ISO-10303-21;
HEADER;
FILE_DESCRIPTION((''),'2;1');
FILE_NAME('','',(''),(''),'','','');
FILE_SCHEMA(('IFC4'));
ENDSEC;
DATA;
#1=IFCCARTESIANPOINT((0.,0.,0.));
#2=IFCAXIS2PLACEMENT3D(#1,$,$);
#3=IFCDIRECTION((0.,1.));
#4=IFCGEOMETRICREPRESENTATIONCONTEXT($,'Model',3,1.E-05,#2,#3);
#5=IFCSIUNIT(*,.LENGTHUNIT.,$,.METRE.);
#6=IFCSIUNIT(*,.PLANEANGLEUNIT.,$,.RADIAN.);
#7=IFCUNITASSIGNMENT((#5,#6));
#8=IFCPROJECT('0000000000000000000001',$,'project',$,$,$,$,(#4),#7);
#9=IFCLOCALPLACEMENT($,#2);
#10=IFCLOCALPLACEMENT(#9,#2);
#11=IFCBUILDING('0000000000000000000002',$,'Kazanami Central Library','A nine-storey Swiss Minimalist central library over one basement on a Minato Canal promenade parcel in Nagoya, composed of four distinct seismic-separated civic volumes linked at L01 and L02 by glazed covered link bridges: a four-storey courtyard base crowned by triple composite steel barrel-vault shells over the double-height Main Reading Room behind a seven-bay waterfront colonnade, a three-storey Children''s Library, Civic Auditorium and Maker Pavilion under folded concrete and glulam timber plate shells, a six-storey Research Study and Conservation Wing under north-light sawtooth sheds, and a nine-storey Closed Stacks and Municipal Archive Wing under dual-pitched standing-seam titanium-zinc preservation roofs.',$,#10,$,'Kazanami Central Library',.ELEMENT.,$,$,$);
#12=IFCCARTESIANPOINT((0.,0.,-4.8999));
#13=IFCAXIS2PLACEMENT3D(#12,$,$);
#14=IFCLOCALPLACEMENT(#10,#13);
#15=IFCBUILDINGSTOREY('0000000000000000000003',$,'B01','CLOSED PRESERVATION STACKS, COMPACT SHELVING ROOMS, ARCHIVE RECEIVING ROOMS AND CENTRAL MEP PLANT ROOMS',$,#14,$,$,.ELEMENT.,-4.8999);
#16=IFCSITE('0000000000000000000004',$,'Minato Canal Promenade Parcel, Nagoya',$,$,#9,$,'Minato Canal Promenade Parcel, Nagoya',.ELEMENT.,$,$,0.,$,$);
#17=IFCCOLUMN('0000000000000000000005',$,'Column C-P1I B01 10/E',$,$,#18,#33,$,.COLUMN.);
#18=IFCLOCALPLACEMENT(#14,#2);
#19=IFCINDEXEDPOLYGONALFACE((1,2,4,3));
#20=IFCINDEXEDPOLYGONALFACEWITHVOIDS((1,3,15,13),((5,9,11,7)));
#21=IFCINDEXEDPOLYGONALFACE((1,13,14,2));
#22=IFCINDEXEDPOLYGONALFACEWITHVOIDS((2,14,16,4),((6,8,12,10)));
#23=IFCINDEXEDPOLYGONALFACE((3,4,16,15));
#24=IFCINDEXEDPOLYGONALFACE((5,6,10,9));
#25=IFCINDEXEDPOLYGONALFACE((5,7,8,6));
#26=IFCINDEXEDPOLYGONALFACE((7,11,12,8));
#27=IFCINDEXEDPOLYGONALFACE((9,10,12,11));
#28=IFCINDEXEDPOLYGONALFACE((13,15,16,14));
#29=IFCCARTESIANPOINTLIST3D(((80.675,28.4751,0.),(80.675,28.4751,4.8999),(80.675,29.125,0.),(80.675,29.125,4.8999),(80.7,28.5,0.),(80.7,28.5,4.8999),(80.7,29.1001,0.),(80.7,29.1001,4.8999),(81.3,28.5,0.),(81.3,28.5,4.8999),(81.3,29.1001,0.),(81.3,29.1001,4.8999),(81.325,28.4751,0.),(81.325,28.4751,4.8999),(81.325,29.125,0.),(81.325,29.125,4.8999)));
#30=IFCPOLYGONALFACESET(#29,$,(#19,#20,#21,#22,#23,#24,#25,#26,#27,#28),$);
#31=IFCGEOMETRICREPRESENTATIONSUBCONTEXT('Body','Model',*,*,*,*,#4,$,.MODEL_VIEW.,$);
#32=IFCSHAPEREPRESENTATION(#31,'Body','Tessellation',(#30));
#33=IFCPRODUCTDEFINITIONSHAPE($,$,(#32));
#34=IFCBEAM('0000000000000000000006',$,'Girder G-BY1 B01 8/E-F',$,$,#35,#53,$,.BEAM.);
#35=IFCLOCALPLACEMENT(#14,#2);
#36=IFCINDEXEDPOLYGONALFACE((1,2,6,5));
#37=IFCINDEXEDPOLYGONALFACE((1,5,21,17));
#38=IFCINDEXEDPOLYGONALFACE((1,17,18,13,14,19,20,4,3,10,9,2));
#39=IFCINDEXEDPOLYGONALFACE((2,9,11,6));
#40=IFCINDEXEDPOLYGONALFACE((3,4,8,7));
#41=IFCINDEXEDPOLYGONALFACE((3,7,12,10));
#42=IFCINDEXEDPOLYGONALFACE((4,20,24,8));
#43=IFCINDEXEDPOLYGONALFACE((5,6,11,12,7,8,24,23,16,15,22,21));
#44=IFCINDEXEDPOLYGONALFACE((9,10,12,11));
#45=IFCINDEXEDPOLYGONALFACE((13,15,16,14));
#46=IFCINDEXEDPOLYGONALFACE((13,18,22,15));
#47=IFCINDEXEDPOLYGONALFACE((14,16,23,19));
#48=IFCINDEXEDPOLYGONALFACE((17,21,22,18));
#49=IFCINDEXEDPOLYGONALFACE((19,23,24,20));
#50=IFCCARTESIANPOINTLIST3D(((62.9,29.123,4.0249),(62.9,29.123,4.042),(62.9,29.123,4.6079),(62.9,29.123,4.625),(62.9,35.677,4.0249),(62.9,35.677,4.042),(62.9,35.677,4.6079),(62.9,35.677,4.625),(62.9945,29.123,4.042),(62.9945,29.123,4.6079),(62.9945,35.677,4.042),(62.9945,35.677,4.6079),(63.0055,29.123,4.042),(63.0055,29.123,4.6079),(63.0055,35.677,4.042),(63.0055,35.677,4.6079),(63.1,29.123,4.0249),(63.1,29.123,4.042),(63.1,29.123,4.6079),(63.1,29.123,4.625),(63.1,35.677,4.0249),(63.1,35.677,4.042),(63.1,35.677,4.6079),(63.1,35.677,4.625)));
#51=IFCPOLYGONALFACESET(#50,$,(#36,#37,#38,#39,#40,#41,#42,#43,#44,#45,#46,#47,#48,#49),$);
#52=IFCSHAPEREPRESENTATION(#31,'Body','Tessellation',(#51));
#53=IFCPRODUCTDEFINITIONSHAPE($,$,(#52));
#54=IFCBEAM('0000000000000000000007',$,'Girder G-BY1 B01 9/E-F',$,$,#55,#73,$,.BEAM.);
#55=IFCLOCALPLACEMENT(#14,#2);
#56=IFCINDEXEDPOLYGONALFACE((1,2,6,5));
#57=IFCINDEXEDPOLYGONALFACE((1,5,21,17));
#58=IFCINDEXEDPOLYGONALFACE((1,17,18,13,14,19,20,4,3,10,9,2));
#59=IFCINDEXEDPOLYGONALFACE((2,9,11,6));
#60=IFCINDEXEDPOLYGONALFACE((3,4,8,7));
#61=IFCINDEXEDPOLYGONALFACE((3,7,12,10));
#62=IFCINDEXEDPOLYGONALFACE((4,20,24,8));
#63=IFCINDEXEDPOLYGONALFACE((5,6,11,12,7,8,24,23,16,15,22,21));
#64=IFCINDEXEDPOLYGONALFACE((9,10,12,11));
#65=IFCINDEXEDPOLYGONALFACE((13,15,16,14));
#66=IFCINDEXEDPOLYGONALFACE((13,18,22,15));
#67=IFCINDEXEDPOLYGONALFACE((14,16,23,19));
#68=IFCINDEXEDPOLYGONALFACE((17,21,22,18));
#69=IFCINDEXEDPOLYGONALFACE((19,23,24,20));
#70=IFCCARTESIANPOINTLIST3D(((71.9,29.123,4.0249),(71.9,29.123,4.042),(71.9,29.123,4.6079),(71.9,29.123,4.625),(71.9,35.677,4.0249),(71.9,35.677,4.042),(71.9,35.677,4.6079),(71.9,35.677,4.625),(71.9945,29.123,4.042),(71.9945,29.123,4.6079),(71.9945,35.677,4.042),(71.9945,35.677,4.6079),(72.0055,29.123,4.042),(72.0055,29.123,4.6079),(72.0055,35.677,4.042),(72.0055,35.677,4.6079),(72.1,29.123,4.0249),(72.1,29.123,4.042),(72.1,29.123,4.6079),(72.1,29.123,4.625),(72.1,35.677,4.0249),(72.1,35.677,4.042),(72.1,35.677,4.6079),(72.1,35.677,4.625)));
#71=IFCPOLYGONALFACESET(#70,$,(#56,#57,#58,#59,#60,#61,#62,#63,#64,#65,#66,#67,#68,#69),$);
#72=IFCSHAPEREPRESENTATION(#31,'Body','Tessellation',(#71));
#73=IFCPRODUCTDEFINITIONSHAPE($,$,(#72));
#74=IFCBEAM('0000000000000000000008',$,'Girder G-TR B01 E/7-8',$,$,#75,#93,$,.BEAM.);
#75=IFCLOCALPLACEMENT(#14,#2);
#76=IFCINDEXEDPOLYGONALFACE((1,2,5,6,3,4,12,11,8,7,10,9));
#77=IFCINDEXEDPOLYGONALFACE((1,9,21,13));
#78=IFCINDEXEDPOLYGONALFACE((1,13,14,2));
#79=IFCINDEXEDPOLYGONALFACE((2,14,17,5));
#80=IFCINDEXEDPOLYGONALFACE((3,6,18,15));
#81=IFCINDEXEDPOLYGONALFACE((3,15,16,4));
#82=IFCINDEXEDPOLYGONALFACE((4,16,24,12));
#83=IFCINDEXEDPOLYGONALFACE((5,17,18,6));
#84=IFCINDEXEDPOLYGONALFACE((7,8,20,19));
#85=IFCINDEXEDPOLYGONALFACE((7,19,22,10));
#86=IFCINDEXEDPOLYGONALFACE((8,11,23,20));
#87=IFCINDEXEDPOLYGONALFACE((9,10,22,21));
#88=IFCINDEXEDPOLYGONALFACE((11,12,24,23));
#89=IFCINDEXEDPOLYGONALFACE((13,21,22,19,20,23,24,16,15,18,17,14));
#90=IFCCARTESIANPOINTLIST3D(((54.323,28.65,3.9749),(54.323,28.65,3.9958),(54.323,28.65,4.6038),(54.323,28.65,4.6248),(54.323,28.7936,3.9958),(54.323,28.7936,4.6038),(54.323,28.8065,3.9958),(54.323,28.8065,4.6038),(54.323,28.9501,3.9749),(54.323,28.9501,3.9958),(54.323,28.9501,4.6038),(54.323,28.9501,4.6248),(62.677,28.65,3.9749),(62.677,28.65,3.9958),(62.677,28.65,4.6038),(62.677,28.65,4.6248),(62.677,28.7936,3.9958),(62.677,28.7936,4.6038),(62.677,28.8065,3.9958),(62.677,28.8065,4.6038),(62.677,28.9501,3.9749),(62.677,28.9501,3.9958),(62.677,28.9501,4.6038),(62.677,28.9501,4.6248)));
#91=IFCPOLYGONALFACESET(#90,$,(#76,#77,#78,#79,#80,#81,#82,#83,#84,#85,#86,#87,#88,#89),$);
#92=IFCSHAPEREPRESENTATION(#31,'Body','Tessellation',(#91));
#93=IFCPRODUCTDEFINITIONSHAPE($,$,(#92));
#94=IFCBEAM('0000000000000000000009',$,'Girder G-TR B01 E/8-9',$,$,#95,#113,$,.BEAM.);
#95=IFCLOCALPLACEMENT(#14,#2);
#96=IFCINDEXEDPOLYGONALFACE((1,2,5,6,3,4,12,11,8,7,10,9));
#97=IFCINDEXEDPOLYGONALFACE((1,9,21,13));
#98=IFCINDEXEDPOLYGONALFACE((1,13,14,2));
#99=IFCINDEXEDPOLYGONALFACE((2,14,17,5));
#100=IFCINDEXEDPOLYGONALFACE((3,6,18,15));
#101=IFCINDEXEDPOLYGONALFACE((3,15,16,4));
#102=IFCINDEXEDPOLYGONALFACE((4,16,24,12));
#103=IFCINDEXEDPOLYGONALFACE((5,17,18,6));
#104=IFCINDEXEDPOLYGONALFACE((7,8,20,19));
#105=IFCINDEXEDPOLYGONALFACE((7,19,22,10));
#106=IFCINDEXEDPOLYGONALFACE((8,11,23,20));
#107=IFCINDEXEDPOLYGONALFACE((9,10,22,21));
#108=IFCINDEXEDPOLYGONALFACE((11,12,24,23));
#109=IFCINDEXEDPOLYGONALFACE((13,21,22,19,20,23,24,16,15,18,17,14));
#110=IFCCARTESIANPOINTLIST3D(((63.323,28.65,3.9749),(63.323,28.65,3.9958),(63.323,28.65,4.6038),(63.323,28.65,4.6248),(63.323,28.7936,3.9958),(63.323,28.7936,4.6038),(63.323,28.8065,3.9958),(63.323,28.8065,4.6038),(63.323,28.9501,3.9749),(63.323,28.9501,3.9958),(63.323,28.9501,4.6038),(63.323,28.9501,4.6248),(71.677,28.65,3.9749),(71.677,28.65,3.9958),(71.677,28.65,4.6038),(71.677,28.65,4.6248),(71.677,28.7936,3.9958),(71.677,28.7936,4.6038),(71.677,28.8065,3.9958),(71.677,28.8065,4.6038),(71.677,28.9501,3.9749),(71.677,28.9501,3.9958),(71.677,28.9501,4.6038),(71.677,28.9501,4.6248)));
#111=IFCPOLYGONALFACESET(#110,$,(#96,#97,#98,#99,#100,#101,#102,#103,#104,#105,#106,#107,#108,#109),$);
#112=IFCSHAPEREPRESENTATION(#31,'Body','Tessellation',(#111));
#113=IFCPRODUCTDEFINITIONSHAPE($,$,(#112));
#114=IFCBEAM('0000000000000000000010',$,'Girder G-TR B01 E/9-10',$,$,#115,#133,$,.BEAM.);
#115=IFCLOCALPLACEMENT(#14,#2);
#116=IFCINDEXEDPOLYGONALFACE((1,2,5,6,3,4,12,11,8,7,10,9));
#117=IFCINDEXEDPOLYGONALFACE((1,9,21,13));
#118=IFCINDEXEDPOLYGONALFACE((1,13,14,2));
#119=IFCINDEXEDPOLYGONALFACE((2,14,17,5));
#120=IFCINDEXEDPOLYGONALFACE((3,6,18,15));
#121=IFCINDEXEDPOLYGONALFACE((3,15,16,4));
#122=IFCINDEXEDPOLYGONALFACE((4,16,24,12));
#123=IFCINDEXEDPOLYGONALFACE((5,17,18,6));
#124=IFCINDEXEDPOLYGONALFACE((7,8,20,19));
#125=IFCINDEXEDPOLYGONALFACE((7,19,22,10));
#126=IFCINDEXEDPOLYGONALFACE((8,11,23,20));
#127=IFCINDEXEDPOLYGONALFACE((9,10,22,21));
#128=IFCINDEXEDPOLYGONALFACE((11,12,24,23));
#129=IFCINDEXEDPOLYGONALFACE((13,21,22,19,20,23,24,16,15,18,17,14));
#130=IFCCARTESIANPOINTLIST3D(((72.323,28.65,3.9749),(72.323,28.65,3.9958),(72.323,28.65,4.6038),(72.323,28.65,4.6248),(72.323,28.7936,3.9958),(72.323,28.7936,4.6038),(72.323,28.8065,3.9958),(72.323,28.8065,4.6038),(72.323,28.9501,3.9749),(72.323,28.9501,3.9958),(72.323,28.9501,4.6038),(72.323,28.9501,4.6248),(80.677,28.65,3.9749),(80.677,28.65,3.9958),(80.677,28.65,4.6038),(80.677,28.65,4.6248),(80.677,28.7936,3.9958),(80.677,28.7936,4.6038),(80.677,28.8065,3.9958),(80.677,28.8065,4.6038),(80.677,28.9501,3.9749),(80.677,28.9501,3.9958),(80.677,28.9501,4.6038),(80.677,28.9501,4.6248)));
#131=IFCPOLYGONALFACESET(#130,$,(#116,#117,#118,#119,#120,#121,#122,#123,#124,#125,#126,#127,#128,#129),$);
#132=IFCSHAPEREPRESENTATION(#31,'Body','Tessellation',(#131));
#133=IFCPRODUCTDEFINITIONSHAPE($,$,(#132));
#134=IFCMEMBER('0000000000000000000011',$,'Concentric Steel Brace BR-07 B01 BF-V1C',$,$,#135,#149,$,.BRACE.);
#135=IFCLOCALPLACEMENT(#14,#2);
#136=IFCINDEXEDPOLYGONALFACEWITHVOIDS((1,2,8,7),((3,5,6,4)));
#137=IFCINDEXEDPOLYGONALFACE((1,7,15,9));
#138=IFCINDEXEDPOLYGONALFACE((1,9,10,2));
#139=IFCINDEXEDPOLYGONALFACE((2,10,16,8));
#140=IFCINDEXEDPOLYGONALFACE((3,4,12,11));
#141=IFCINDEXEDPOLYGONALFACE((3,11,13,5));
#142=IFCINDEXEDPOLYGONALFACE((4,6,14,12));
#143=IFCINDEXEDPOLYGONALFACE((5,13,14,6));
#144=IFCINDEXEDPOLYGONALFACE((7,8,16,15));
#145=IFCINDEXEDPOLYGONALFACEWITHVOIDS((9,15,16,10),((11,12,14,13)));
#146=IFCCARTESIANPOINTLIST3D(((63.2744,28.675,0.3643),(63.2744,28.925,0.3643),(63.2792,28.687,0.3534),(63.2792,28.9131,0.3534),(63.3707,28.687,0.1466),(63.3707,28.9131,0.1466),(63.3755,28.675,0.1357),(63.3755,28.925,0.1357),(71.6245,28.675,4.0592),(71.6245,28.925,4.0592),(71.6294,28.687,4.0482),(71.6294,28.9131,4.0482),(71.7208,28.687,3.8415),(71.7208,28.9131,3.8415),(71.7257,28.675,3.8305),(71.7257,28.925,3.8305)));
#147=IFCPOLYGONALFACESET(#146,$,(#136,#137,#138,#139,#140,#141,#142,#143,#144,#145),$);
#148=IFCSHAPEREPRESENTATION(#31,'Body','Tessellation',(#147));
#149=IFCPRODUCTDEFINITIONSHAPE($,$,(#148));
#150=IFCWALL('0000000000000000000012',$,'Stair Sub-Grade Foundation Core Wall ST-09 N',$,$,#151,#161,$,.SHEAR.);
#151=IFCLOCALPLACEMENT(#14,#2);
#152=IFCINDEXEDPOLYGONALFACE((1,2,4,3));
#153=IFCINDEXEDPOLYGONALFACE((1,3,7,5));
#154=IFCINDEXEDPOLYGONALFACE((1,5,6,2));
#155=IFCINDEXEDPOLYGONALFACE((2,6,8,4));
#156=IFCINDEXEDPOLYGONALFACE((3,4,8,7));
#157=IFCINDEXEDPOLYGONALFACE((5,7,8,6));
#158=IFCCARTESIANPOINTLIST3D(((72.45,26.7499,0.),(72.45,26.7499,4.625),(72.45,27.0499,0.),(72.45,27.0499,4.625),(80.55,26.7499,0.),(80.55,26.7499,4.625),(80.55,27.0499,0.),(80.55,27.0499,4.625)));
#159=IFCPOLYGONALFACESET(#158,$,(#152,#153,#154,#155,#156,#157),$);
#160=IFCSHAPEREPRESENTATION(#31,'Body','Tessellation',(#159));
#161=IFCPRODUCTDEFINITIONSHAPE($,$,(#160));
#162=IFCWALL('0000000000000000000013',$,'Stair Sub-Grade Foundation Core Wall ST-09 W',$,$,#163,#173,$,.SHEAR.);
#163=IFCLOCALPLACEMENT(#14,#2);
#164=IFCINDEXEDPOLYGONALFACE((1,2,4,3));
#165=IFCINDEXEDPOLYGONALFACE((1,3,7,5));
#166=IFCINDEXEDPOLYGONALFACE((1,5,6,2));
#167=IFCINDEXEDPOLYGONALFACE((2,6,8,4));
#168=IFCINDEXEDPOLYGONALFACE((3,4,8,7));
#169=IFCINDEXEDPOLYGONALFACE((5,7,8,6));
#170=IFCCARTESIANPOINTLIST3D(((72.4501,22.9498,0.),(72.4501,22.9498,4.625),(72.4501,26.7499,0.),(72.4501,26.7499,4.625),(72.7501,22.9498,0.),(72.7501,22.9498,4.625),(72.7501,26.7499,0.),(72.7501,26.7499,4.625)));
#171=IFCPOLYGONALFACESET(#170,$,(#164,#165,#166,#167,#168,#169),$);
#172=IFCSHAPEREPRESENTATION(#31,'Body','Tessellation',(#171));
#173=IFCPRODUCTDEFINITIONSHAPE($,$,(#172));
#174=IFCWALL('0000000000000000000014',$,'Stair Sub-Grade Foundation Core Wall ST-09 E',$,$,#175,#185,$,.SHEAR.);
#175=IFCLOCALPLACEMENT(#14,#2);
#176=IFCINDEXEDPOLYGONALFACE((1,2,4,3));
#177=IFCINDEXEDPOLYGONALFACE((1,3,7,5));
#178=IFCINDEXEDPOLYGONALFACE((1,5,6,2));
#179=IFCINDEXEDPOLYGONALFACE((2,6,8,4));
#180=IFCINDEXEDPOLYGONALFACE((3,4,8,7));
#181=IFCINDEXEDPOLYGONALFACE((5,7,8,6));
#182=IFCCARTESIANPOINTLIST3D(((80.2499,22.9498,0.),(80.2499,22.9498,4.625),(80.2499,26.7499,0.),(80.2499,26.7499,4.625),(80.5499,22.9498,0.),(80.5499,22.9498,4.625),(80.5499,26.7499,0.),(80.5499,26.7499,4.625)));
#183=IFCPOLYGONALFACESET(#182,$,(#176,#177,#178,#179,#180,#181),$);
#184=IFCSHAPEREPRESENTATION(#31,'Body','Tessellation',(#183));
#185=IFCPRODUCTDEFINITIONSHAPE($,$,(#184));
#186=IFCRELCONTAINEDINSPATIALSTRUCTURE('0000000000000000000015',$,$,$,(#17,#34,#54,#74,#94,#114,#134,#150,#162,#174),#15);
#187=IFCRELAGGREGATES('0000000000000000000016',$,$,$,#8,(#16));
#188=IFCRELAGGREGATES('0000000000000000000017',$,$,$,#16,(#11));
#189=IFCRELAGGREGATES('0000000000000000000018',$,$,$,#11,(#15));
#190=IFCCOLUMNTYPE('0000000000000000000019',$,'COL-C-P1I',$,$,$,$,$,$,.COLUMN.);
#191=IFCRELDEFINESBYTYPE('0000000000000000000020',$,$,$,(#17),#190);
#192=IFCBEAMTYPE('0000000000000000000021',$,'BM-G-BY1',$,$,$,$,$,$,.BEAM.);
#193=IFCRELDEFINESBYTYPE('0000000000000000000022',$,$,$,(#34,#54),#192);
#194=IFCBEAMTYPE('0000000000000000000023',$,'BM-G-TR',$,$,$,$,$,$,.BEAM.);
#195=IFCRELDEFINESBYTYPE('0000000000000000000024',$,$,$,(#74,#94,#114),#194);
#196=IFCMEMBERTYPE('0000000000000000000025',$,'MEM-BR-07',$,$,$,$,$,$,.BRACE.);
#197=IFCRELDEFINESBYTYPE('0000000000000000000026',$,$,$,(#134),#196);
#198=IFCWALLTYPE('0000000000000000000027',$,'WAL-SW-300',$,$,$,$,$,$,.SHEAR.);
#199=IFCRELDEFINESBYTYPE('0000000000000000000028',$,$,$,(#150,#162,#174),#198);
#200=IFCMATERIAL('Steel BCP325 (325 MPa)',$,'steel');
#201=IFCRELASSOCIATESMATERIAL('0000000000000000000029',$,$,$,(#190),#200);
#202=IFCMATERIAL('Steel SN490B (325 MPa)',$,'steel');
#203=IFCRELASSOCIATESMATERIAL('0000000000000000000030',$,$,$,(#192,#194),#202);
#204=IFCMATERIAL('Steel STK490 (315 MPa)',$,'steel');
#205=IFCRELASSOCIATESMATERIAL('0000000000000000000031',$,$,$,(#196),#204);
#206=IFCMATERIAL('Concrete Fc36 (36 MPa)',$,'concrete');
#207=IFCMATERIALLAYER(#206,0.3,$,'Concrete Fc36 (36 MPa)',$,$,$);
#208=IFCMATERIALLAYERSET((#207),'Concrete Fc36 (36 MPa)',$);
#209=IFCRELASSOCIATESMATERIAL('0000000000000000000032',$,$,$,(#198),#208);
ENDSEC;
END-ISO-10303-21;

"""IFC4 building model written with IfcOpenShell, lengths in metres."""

from ifc_helpers import new_model, si_unit, direction, frame, frame_2d, origin, origin_2d, place, context, subcontext, project, spatial, rectangle, hollow_rectangle, i_section, extrude, material, layer, layer_set, material_profile, profile_set, type_object, element, save


model = new_model("IFC4")

# Units and contexts
model_context = context("Model", 3, precision=1e-05, world=origin(), true_north=direction((0.0, 1.0)))
body_context = subcontext(model_context, "Body", "Model", "MODEL_VIEW")
ifc_project = project(units=[si_unit("LENGTHUNIT", "METRE"), si_unit("PLANEANGLEUNIT", "RADIAN")], contexts=[model_context])

# Site, building, storey
site_placement = place(None, origin())
site = spatial("IfcSite", under=ifc_project, at=site_placement, Name="Minato Canal Promenade Parcel, Nagoya", LongName="Minato Canal Promenade Parcel, Nagoya", CompositionType="ELEMENT", RefElevation=0.0)
building_placement = place(site_placement, origin())
building = spatial("IfcBuilding", under=site, at=building_placement, Name="Kazanami Central Library", Description="A nine-storey Swiss Minimalist central library over one basement on a Minato Canal promenade parcel in Nagoya, composed of four distinct seismic-separated civic volumes linked at L01 and L02 by glazed covered link bridges: a four-storey courtyard base crowned by triple composite steel barrel-vault shells over the double-height Main Reading Room behind a seven-bay waterfront colonnade, a three-storey Children's Library, Civic Auditorium and Maker Pavilion under folded concrete and glulam timber plate shells, a six-storey Research Study and Conservation Wing under north-light sawtooth sheds, and a nine-storey Closed Stacks and Municipal Archive Wing under dual-pitched standing-seam titanium-zinc preservation roofs.", LongName="Kazanami Central Library", CompositionType="ELEMENT")
storey_placement = place(building_placement, frame((0.0, 0.0, -4.8999)))
storey = spatial("IfcBuildingStorey", under=building, at=storey_placement, Name="B01", Description="CLOSED PRESERVATION STACKS, COMPACT SHELVING ROOMS, ARCHIVE RECEIVING ROOMS AND CENTRAL MEP PLANT ROOMS", CompositionType="ELEMENT", Elevation=-4.8999)

# Shared definitions
ifc_material_1 = material(Name="Concrete Fc36 (36 MPa)", Category="concrete")

# Column
ifc_material_2 = material(Name="Steel BCP325 (325 MPa)", Category="steel")
ifc_material_profile_1 = material_profile(ifc_material_2, hollow_rectangle(XDim=0.6499, YDim=0.6499, WallThickness=0.0249, at=origin_2d()), Name="BCP-650x650x25")
ifc_profile_set_1 = profile_set([ifc_material_profile_1], Name="Steel BCP325 (325 MPa)")
column_type = type_object("IfcColumnType", Name="COL-C-P1I", PredefinedType="COLUMN", material=ifc_profile_set_1)
for number, where, z_axis, x_axis, name in (
    (1, (81.0, 28.8, 0.0), (0.0, 0.0, 1.0), (1.0, 0.0, 0.0), "Column C-P1I B01 10/E"),
):
    element("IfcColumn", number, at=place(storey_placement, frame(where, z_axis=z_axis, x_axis=x_axis)), inside=storey, type_object=column_type, Name=name, PredefinedType="COLUMN", context=body_context, shape_type="SweptSolid", body=[
        extrude(hollow_rectangle(XDim=0.6499, YDim=0.6499, WallThickness=0.0249, at=origin_2d()), origin(), (0.0, 0.0, 1.0), 4.8999),
    ])

# Beams
ifc_material_3 = material(Name="Steel SN490B (325 MPa)", Category="steel")
ifc_material_profile_2 = material_profile(ifc_material_3, i_section(OverallWidth=0.2, OverallDepth=0.6001, WebThickness=0.011, FlangeThickness=0.0171, at=origin_2d()), Name="H-600x200x11x17")
ifc_profile_set_2 = profile_set([ifc_material_profile_2], Name="Steel SN490B (325 MPa)")
beam_type_1 = type_object("IfcBeamType", Name="BM-G-BY1", PredefinedType="BEAM", material=ifc_profile_set_2)
for number, where, z_axis, x_axis, name in (
    (2, (63.0, 29.123, 4.325), (0.0, 1.0, 0.0), (-1.0, 0.0, 0.0), "Girder G-BY1 B01 8/E-F"),
    (3, (72.0, 29.123, 4.325), (0.0, 1.0, 0.0), (-1.0, 0.0, 0.0), "Girder G-BY1 B01 9/E-F"),
):
    element("IfcBeam", number, at=place(storey_placement, frame(where, z_axis=z_axis, x_axis=x_axis)), inside=storey, type_object=beam_type_1, Name=name, PredefinedType="BEAM", context=body_context, shape_type="SweptSolid", body=[
        extrude(i_section(OverallWidth=0.2, OverallDepth=0.6001, WebThickness=0.011, FlangeThickness=0.0171, at=origin_2d()), origin(), (0.0, 0.0, 1.0), 6.554),
    ])
ifc_material_profile_3 = material_profile(ifc_material_3, i_section(OverallWidth=0.3, OverallDepth=0.6499, WebThickness=0.0129, FlangeThickness=0.021, at=origin_2d()), Name="H-650x300x13x21")
ifc_profile_set_3 = profile_set([ifc_material_profile_3], Name="Steel SN490B (325 MPa)")
beam_type_2 = type_object("IfcBeamType", Name="BM-G-TR", PredefinedType="BEAM", material=ifc_profile_set_3)
for number, where, z_axis, x_axis, name in (
    (4, (54.323, 28.8, 4.2998), (1.0, 0.0, 0.0), (0.0, 1.0, 0.0), "Girder G-TR B01 E/7-8"),
    (5, (63.323, 28.8, 4.2998), (1.0, 0.0, 0.0), (0.0, 1.0, 0.0), "Girder G-TR B01 E/8-9"),
    (6, (72.323, 28.8, 4.2998), (1.0, 0.0, 0.0), (0.0, 1.0, 0.0), "Girder G-TR B01 E/9-10"),
):
    element("IfcBeam", number, at=place(storey_placement, frame(where, z_axis=z_axis, x_axis=x_axis)), inside=storey, type_object=beam_type_2, Name=name, PredefinedType="BEAM", context=body_context, shape_type="SweptSolid", body=[
        extrude(i_section(OverallWidth=0.3, OverallDepth=0.6499, WebThickness=0.0129, FlangeThickness=0.021, at=origin_2d()), origin(), (0.0, 0.0, 1.0), 8.354),
    ])

# Member
ifc_material_4 = material(Name="Steel STK490 (315 MPa)", Category="steel")
ifc_material_profile_4 = material_profile(ifc_material_4, hollow_rectangle(XDim=0.25, YDim=0.25, WallThickness=0.012, at=origin_2d()), Name="STKR-250x250x12")
ifc_profile_set_4 = profile_set([ifc_material_profile_4], Name="Steel STK490 (315 MPa)")
member_type = type_object("IfcMemberType", Name="MEM-BR-07", PredefinedType="BRACE", material=ifc_profile_set_4)
member_placement = place(storey_placement, frame((63.325, 28.8, 0.25), z_axis=(0.914474, 0.0, 0.404644), x_axis=(0.0, 1.0, 0.0)))
element("IfcMember", 7, at=member_placement, inside=storey, type_object=member_type, Name="Concentric Steel Brace BR-07 B01 BF-V1C", PredefinedType="BRACE", context=body_context, shape_type="SweptSolid", body=[
    extrude(hollow_rectangle(XDim=0.25, YDim=0.25, WallThickness=0.012, at=origin_2d()), origin(), (0.0, 0.0, 1.0), 9.1311),
])

# Walls
ifc_layer = layer(ifc_material_1, 0.3, Name="Concrete Fc36 (36 MPa)")
ifc_layer_set = layer_set([ifc_layer], Name="Concrete Fc36 (36 MPa)")
wall_type = type_object("IfcWallType", Name="WAL-SW-300", PredefinedType="SHEAR", material=ifc_layer_set)
wall_placement = place(storey_placement, frame((72.45, 26.8999, 0.0), z_axis=(0.0, 0.0, 1.0), x_axis=(1.0, 0.0, 0.0)))
element("IfcWall", 8, at=wall_placement, inside=storey, type_object=wall_type, Name="Stair Sub-Grade Foundation Core Wall ST-09 N", PredefinedType="SHEAR", context=body_context, shape_type="SweptSolid", body=[
    extrude(rectangle(XDim=8.1001, YDim=0.3, at=frame_2d((4.05, 0.0))), origin(), (0.0, 0.0, 1.0), 4.625),
])
for number, where, z_axis, x_axis, name in (
    (9, (72.6001, 22.95, 0.0), (0.0, 0.0, 1.0), (0.0, 1.0, 0.0), "Stair Sub-Grade Foundation Core Wall ST-09 W"),
    (10, (80.3999, 22.95, 0.0), (0.0, 0.0, 1.0), (0.0, 1.0, 0.0), "Stair Sub-Grade Foundation Core Wall ST-09 E"),
):
    element("IfcWall", number, at=place(storey_placement, frame(where, z_axis=z_axis, x_axis=x_axis)), inside=storey, type_object=wall_type, Name=name, PredefinedType="SHEAR", context=body_context, shape_type="SweptSolid", body=[
        extrude(rectangle(XDim=3.8, YDim=0.3, at=frame_2d((1.8999, 0.0))), origin(), (0.0, 0.0, 1.0), 4.625),
    ])

save(model, "model.ifc")
